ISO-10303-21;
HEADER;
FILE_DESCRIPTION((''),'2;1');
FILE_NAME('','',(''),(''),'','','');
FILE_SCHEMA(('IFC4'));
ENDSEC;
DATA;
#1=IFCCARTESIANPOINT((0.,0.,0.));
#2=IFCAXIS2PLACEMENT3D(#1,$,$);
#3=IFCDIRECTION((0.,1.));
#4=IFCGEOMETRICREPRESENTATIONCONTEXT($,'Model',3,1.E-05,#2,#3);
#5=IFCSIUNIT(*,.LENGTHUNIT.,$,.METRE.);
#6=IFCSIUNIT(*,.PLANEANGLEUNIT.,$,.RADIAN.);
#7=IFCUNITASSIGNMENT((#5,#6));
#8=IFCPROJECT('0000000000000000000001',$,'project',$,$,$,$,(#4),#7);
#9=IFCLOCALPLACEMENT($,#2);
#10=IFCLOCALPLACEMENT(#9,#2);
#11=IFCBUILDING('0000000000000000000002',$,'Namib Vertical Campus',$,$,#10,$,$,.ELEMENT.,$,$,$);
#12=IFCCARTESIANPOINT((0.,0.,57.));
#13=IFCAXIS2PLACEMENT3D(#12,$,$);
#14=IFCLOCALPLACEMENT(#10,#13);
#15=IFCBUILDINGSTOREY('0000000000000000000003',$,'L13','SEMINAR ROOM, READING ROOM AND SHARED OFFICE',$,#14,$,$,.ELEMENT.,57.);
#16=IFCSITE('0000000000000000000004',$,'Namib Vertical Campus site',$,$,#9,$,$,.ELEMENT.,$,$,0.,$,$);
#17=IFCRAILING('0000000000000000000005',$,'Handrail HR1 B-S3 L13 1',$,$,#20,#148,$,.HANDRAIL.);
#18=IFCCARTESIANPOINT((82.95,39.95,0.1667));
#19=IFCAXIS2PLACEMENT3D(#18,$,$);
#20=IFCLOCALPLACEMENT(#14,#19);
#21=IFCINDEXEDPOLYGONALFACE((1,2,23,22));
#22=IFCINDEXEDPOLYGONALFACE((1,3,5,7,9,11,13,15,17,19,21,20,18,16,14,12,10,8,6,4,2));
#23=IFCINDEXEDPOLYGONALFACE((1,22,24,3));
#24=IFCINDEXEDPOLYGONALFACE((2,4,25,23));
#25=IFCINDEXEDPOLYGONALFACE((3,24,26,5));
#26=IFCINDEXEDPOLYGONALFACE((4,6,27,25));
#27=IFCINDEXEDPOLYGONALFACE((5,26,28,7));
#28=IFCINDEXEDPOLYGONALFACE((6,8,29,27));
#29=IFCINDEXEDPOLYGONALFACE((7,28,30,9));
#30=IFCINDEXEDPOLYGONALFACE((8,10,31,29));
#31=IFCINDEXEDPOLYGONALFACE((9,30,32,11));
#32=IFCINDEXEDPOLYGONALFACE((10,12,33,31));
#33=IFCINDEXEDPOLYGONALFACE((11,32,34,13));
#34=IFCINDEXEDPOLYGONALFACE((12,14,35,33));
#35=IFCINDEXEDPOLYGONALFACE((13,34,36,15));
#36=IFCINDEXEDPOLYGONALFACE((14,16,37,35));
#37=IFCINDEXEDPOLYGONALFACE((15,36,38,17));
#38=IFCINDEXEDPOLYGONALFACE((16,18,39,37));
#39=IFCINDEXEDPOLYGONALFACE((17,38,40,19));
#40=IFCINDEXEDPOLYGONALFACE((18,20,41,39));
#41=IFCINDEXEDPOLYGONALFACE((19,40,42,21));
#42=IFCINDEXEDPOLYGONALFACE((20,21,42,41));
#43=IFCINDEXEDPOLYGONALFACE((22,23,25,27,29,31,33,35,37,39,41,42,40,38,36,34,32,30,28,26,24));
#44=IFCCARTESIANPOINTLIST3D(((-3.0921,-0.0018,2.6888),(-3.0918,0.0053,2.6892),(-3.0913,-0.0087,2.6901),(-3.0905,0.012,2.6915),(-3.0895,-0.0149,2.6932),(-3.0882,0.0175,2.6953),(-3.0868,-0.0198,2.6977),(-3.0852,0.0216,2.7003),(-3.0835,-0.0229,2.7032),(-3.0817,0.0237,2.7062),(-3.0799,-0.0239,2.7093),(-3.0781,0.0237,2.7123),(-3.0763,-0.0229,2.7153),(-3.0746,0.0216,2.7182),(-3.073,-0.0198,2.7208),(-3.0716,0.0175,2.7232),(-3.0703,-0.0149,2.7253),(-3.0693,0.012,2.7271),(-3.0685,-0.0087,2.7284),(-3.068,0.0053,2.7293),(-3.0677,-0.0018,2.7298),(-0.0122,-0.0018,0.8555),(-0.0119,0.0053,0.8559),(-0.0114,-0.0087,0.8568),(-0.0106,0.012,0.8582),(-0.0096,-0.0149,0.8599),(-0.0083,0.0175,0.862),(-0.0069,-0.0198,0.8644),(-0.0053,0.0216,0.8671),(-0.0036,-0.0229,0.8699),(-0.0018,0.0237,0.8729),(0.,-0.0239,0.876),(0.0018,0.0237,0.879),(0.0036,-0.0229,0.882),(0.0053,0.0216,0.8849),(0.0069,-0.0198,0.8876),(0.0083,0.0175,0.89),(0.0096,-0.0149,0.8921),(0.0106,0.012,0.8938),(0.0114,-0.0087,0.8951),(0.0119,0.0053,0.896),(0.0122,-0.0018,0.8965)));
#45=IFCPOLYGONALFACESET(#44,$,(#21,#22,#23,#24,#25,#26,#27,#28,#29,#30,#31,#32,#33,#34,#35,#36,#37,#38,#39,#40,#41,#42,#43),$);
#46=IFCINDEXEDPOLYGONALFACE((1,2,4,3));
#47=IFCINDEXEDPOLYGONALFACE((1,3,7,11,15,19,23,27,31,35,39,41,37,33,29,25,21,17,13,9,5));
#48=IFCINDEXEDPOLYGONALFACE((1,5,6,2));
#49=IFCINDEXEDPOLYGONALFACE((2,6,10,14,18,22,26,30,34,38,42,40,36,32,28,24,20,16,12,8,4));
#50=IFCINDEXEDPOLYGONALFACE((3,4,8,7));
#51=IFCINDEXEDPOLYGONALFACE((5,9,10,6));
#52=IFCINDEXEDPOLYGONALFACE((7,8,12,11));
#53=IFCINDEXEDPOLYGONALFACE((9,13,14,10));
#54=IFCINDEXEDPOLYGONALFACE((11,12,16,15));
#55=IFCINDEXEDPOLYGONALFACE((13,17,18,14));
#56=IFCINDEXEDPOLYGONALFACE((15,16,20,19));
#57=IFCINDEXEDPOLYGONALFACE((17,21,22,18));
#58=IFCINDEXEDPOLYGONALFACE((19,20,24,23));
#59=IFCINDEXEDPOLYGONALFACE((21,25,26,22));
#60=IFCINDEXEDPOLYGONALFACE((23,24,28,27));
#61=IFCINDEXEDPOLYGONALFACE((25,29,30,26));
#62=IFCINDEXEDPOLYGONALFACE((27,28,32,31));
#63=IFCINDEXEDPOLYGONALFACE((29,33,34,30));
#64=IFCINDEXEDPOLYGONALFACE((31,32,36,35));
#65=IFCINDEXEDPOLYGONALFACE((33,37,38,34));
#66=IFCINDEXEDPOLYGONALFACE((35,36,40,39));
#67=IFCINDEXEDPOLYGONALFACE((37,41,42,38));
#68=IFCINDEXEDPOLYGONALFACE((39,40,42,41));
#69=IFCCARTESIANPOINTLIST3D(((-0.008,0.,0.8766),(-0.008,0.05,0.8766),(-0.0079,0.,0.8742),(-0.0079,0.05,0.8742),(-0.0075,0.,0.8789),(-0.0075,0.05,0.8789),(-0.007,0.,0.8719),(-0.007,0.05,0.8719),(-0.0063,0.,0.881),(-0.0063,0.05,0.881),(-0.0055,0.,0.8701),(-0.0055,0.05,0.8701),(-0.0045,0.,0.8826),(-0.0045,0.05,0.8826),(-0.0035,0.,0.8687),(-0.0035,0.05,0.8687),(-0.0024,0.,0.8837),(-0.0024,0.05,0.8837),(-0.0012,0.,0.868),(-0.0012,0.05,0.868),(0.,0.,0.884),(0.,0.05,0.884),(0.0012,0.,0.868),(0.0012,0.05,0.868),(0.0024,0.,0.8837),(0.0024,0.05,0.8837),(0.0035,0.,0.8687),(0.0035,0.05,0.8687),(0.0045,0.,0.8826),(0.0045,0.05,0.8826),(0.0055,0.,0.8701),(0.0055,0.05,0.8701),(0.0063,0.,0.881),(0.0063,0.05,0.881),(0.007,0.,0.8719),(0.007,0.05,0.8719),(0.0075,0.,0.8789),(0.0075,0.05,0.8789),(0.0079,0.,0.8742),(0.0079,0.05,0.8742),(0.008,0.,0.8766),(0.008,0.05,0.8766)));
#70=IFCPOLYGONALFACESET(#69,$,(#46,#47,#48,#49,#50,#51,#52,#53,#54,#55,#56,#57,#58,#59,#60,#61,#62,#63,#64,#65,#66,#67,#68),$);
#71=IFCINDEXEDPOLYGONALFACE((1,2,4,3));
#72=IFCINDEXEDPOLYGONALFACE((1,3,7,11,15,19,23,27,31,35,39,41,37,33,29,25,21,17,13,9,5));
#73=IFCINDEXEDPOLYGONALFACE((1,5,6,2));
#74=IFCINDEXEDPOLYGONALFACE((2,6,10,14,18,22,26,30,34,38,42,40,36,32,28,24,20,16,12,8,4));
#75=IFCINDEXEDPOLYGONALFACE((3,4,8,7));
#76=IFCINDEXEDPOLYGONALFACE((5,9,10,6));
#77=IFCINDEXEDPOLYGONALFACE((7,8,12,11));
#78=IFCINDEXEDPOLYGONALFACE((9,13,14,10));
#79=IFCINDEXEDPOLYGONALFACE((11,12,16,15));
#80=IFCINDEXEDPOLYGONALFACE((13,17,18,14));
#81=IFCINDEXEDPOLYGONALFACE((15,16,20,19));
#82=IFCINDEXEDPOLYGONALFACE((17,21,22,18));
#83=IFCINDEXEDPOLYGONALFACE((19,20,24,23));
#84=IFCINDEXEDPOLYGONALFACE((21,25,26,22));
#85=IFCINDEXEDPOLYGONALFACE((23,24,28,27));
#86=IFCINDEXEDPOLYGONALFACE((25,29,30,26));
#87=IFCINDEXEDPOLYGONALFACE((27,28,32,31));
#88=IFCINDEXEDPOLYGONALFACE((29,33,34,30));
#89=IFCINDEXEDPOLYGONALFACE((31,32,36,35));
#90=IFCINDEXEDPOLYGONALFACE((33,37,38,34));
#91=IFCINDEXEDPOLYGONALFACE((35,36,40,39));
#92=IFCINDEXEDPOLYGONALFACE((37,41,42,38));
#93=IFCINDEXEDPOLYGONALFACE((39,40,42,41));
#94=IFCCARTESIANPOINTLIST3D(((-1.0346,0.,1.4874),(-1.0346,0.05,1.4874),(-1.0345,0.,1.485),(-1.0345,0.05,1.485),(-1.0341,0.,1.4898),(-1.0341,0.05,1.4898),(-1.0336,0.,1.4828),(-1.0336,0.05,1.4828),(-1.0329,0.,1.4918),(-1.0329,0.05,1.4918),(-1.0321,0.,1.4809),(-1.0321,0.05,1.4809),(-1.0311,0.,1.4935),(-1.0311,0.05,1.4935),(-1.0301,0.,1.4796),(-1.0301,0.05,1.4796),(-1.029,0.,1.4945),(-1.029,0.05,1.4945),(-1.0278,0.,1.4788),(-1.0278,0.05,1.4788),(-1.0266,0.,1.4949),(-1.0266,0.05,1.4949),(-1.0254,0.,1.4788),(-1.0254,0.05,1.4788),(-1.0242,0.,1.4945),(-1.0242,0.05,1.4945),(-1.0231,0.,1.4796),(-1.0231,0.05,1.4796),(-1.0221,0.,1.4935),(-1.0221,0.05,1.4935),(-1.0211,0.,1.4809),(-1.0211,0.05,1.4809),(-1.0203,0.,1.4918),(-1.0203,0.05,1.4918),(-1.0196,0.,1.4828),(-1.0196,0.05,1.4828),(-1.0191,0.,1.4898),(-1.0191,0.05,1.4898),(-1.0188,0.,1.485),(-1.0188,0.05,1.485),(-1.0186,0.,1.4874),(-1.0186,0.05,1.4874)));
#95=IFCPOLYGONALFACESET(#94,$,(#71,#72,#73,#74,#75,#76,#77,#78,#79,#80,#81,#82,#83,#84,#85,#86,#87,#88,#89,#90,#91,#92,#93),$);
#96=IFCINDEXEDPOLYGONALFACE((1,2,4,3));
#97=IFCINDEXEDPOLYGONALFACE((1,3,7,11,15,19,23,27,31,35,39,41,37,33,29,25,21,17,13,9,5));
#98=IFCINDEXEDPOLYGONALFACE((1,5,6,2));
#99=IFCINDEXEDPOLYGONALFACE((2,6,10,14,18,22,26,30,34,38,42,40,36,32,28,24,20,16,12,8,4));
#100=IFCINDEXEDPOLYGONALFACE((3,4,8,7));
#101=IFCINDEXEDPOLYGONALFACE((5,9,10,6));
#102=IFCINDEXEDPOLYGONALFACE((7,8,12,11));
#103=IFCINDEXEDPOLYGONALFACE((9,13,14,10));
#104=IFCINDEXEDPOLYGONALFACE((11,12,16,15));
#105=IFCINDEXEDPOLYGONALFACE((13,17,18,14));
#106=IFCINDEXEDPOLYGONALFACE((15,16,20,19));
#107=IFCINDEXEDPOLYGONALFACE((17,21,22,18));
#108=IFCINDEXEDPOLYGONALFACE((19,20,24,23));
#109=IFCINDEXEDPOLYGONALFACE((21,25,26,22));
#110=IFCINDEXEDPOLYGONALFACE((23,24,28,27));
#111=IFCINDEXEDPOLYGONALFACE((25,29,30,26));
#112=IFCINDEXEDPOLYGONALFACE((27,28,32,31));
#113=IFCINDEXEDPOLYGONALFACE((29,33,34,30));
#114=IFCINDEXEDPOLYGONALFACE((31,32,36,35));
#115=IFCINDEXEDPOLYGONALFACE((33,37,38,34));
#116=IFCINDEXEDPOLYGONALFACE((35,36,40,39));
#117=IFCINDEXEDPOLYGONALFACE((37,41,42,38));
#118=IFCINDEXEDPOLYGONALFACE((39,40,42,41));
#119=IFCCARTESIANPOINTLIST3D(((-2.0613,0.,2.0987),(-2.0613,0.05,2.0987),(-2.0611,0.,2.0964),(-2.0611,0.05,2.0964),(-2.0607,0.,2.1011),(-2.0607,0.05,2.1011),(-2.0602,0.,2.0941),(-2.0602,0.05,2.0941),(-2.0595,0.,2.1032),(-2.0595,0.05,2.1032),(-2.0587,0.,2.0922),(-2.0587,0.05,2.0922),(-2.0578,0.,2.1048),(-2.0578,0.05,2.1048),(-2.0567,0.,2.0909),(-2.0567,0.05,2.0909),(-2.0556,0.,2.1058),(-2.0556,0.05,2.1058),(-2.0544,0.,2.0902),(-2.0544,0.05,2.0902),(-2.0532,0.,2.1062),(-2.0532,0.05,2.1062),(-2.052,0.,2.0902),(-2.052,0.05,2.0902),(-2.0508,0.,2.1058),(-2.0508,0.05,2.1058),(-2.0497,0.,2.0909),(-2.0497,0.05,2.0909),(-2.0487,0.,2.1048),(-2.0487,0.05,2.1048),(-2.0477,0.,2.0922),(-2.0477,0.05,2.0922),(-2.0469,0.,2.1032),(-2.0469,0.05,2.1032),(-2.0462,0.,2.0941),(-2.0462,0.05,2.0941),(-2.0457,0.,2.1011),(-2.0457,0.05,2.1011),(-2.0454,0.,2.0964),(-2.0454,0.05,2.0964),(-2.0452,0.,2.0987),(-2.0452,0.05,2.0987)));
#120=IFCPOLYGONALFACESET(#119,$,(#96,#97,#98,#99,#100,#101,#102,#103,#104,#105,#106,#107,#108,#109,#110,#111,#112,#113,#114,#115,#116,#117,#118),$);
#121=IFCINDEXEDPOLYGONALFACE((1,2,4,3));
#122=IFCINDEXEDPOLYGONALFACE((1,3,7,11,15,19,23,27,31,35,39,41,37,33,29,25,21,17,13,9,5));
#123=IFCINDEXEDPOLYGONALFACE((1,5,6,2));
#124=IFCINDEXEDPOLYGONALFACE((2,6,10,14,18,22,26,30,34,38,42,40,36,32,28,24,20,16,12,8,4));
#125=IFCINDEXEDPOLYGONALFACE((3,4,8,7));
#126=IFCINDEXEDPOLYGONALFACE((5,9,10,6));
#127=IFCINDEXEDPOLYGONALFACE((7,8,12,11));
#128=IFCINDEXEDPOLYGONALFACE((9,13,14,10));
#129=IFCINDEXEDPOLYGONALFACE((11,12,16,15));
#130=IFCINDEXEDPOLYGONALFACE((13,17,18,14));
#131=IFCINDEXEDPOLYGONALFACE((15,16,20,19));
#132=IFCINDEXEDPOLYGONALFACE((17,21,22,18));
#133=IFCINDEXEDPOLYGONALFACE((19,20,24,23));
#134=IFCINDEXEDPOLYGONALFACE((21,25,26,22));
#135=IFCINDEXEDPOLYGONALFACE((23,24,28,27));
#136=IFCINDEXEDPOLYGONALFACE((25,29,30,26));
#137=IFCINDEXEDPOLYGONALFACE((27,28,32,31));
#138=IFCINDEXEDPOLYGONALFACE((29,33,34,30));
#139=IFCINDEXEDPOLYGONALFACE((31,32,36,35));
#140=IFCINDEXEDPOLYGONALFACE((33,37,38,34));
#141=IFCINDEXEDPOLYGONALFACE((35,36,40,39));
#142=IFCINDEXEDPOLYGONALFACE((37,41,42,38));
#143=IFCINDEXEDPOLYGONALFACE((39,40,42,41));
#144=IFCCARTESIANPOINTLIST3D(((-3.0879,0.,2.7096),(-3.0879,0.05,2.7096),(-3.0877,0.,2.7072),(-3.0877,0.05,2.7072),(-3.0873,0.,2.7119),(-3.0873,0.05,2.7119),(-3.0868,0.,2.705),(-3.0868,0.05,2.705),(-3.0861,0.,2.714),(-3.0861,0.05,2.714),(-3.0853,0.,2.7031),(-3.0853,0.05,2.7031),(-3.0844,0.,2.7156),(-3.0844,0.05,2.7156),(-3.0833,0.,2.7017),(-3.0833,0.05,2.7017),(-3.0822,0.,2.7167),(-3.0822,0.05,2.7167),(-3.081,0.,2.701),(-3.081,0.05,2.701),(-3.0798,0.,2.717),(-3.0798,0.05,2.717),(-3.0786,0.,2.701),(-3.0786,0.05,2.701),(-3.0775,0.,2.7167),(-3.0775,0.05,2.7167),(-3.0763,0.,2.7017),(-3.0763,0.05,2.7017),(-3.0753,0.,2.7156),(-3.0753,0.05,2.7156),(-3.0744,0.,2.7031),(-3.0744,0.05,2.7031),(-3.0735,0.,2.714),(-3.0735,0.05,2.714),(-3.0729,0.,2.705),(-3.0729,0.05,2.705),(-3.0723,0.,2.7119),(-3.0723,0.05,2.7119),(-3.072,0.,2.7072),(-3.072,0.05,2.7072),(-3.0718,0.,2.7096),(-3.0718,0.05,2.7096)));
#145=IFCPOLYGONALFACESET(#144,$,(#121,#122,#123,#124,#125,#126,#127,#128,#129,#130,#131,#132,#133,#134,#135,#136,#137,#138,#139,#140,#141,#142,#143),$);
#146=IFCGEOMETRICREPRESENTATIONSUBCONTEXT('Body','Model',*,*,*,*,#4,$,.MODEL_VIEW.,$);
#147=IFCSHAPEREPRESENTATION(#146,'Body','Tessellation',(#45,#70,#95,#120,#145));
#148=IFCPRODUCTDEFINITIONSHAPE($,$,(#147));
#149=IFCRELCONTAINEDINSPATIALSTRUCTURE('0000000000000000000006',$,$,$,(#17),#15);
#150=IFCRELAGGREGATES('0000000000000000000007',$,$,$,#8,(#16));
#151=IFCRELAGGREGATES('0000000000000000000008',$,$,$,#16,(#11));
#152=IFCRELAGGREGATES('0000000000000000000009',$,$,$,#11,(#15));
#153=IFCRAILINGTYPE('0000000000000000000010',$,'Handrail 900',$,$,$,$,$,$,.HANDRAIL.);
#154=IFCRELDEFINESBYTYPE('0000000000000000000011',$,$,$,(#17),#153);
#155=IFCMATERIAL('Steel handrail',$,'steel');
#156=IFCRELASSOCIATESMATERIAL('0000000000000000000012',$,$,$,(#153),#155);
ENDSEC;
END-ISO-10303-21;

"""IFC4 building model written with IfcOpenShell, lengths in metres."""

from ifc_helpers import new_model, si_unit, direction, frame, origin, origin_2d, place, context, subcontext, project, spatial, circle, extrude, material, type_object, element, save


model = new_model("IFC4")

# Units and contexts
model_context = context("Model", 3, precision=1e-05, world=origin(), true_north=direction((0.0, 1.0)))
body_context = subcontext(model_context, "Body", "Model", "MODEL_VIEW")
ifc_project = project(units=[si_unit("LENGTHUNIT", "METRE"), si_unit("PLANEANGLEUNIT", "RADIAN")], contexts=[model_context])

# Site, building, storey
site_placement = place(None, origin())
site = spatial("IfcSite", under=ifc_project, at=site_placement, Name="Namib Vertical Campus site", CompositionType="ELEMENT", RefElevation=0.0)
building_placement = place(site_placement, origin())
building = spatial("IfcBuilding", under=site, at=building_placement, Name="Namib Vertical Campus", CompositionType="ELEMENT")
storey_placement = place(building_placement, frame((0.0, 0.0, 57.0)))
storey = spatial("IfcBuildingStorey", under=building, at=storey_placement, Name="L13", Description="SEMINAR ROOM, READING ROOM AND SHARED OFFICE", CompositionType="ELEMENT", Elevation=57.0)

# Railing
ifc_material_1 = material(Name="Steel handrail", Category="steel")
railing_type_1 = type_object("IfcRailingType", Name="Handrail 900", PredefinedType="HANDRAIL", material=ifc_material_1)
railing_1_placement = place(storey_placement, frame((82.95, 39.95, 0.1667)))
element("IfcRailing", 1, at=railing_1_placement, inside=storey, type_object=railing_type_1, Name="Handrail HR1 B-S3 L13 1", PredefinedType="HANDRAIL", context=body_context, shape_type="SweptSolid", body=[
    extrude(circle(Radius=0.0239, at=origin_2d()), frame((0.0, 0.0, 0.876), z_axis=(-0.859291, 0.0, 0.511487), x_axis=(0.0, -1.0, 0.0)), (0.0, 0.0, 1.0), 3.5842),
    extrude(circle(Radius=0.0081, at=origin_2d()), frame((0.0, 0.0, 0.876), z_axis=(0.0, 1.0, 0.0), x_axis=(0.0, 0.0, 1.0)), (0.0, 0.0, 1.0), 0.05),
    extrude(circle(Radius=0.0081, at=origin_2d()), frame((-1.0266, 0.0, 1.4868), z_axis=(0.0, 1.0, 0.0), x_axis=(0.0, 0.0, 1.0)), (0.0, 0.0, 1.0), 0.05),
    extrude(circle(Radius=0.0081, at=origin_2d()), frame((-2.0532, 0.0, 2.0981), z_axis=(0.0, 1.0, 0.0), x_axis=(0.0, 0.0, 1.0)), (0.0, 0.0, 1.0), 0.05),
    extrude(circle(Radius=0.0081, at=origin_2d()), frame((-3.0798, 0.0, 2.709), z_axis=(0.0, 1.0, 0.0), x_axis=(0.0, 0.0, 1.0)), (0.0, 0.0, 1.0), 0.05),
])

save(model, "model.ifc")
